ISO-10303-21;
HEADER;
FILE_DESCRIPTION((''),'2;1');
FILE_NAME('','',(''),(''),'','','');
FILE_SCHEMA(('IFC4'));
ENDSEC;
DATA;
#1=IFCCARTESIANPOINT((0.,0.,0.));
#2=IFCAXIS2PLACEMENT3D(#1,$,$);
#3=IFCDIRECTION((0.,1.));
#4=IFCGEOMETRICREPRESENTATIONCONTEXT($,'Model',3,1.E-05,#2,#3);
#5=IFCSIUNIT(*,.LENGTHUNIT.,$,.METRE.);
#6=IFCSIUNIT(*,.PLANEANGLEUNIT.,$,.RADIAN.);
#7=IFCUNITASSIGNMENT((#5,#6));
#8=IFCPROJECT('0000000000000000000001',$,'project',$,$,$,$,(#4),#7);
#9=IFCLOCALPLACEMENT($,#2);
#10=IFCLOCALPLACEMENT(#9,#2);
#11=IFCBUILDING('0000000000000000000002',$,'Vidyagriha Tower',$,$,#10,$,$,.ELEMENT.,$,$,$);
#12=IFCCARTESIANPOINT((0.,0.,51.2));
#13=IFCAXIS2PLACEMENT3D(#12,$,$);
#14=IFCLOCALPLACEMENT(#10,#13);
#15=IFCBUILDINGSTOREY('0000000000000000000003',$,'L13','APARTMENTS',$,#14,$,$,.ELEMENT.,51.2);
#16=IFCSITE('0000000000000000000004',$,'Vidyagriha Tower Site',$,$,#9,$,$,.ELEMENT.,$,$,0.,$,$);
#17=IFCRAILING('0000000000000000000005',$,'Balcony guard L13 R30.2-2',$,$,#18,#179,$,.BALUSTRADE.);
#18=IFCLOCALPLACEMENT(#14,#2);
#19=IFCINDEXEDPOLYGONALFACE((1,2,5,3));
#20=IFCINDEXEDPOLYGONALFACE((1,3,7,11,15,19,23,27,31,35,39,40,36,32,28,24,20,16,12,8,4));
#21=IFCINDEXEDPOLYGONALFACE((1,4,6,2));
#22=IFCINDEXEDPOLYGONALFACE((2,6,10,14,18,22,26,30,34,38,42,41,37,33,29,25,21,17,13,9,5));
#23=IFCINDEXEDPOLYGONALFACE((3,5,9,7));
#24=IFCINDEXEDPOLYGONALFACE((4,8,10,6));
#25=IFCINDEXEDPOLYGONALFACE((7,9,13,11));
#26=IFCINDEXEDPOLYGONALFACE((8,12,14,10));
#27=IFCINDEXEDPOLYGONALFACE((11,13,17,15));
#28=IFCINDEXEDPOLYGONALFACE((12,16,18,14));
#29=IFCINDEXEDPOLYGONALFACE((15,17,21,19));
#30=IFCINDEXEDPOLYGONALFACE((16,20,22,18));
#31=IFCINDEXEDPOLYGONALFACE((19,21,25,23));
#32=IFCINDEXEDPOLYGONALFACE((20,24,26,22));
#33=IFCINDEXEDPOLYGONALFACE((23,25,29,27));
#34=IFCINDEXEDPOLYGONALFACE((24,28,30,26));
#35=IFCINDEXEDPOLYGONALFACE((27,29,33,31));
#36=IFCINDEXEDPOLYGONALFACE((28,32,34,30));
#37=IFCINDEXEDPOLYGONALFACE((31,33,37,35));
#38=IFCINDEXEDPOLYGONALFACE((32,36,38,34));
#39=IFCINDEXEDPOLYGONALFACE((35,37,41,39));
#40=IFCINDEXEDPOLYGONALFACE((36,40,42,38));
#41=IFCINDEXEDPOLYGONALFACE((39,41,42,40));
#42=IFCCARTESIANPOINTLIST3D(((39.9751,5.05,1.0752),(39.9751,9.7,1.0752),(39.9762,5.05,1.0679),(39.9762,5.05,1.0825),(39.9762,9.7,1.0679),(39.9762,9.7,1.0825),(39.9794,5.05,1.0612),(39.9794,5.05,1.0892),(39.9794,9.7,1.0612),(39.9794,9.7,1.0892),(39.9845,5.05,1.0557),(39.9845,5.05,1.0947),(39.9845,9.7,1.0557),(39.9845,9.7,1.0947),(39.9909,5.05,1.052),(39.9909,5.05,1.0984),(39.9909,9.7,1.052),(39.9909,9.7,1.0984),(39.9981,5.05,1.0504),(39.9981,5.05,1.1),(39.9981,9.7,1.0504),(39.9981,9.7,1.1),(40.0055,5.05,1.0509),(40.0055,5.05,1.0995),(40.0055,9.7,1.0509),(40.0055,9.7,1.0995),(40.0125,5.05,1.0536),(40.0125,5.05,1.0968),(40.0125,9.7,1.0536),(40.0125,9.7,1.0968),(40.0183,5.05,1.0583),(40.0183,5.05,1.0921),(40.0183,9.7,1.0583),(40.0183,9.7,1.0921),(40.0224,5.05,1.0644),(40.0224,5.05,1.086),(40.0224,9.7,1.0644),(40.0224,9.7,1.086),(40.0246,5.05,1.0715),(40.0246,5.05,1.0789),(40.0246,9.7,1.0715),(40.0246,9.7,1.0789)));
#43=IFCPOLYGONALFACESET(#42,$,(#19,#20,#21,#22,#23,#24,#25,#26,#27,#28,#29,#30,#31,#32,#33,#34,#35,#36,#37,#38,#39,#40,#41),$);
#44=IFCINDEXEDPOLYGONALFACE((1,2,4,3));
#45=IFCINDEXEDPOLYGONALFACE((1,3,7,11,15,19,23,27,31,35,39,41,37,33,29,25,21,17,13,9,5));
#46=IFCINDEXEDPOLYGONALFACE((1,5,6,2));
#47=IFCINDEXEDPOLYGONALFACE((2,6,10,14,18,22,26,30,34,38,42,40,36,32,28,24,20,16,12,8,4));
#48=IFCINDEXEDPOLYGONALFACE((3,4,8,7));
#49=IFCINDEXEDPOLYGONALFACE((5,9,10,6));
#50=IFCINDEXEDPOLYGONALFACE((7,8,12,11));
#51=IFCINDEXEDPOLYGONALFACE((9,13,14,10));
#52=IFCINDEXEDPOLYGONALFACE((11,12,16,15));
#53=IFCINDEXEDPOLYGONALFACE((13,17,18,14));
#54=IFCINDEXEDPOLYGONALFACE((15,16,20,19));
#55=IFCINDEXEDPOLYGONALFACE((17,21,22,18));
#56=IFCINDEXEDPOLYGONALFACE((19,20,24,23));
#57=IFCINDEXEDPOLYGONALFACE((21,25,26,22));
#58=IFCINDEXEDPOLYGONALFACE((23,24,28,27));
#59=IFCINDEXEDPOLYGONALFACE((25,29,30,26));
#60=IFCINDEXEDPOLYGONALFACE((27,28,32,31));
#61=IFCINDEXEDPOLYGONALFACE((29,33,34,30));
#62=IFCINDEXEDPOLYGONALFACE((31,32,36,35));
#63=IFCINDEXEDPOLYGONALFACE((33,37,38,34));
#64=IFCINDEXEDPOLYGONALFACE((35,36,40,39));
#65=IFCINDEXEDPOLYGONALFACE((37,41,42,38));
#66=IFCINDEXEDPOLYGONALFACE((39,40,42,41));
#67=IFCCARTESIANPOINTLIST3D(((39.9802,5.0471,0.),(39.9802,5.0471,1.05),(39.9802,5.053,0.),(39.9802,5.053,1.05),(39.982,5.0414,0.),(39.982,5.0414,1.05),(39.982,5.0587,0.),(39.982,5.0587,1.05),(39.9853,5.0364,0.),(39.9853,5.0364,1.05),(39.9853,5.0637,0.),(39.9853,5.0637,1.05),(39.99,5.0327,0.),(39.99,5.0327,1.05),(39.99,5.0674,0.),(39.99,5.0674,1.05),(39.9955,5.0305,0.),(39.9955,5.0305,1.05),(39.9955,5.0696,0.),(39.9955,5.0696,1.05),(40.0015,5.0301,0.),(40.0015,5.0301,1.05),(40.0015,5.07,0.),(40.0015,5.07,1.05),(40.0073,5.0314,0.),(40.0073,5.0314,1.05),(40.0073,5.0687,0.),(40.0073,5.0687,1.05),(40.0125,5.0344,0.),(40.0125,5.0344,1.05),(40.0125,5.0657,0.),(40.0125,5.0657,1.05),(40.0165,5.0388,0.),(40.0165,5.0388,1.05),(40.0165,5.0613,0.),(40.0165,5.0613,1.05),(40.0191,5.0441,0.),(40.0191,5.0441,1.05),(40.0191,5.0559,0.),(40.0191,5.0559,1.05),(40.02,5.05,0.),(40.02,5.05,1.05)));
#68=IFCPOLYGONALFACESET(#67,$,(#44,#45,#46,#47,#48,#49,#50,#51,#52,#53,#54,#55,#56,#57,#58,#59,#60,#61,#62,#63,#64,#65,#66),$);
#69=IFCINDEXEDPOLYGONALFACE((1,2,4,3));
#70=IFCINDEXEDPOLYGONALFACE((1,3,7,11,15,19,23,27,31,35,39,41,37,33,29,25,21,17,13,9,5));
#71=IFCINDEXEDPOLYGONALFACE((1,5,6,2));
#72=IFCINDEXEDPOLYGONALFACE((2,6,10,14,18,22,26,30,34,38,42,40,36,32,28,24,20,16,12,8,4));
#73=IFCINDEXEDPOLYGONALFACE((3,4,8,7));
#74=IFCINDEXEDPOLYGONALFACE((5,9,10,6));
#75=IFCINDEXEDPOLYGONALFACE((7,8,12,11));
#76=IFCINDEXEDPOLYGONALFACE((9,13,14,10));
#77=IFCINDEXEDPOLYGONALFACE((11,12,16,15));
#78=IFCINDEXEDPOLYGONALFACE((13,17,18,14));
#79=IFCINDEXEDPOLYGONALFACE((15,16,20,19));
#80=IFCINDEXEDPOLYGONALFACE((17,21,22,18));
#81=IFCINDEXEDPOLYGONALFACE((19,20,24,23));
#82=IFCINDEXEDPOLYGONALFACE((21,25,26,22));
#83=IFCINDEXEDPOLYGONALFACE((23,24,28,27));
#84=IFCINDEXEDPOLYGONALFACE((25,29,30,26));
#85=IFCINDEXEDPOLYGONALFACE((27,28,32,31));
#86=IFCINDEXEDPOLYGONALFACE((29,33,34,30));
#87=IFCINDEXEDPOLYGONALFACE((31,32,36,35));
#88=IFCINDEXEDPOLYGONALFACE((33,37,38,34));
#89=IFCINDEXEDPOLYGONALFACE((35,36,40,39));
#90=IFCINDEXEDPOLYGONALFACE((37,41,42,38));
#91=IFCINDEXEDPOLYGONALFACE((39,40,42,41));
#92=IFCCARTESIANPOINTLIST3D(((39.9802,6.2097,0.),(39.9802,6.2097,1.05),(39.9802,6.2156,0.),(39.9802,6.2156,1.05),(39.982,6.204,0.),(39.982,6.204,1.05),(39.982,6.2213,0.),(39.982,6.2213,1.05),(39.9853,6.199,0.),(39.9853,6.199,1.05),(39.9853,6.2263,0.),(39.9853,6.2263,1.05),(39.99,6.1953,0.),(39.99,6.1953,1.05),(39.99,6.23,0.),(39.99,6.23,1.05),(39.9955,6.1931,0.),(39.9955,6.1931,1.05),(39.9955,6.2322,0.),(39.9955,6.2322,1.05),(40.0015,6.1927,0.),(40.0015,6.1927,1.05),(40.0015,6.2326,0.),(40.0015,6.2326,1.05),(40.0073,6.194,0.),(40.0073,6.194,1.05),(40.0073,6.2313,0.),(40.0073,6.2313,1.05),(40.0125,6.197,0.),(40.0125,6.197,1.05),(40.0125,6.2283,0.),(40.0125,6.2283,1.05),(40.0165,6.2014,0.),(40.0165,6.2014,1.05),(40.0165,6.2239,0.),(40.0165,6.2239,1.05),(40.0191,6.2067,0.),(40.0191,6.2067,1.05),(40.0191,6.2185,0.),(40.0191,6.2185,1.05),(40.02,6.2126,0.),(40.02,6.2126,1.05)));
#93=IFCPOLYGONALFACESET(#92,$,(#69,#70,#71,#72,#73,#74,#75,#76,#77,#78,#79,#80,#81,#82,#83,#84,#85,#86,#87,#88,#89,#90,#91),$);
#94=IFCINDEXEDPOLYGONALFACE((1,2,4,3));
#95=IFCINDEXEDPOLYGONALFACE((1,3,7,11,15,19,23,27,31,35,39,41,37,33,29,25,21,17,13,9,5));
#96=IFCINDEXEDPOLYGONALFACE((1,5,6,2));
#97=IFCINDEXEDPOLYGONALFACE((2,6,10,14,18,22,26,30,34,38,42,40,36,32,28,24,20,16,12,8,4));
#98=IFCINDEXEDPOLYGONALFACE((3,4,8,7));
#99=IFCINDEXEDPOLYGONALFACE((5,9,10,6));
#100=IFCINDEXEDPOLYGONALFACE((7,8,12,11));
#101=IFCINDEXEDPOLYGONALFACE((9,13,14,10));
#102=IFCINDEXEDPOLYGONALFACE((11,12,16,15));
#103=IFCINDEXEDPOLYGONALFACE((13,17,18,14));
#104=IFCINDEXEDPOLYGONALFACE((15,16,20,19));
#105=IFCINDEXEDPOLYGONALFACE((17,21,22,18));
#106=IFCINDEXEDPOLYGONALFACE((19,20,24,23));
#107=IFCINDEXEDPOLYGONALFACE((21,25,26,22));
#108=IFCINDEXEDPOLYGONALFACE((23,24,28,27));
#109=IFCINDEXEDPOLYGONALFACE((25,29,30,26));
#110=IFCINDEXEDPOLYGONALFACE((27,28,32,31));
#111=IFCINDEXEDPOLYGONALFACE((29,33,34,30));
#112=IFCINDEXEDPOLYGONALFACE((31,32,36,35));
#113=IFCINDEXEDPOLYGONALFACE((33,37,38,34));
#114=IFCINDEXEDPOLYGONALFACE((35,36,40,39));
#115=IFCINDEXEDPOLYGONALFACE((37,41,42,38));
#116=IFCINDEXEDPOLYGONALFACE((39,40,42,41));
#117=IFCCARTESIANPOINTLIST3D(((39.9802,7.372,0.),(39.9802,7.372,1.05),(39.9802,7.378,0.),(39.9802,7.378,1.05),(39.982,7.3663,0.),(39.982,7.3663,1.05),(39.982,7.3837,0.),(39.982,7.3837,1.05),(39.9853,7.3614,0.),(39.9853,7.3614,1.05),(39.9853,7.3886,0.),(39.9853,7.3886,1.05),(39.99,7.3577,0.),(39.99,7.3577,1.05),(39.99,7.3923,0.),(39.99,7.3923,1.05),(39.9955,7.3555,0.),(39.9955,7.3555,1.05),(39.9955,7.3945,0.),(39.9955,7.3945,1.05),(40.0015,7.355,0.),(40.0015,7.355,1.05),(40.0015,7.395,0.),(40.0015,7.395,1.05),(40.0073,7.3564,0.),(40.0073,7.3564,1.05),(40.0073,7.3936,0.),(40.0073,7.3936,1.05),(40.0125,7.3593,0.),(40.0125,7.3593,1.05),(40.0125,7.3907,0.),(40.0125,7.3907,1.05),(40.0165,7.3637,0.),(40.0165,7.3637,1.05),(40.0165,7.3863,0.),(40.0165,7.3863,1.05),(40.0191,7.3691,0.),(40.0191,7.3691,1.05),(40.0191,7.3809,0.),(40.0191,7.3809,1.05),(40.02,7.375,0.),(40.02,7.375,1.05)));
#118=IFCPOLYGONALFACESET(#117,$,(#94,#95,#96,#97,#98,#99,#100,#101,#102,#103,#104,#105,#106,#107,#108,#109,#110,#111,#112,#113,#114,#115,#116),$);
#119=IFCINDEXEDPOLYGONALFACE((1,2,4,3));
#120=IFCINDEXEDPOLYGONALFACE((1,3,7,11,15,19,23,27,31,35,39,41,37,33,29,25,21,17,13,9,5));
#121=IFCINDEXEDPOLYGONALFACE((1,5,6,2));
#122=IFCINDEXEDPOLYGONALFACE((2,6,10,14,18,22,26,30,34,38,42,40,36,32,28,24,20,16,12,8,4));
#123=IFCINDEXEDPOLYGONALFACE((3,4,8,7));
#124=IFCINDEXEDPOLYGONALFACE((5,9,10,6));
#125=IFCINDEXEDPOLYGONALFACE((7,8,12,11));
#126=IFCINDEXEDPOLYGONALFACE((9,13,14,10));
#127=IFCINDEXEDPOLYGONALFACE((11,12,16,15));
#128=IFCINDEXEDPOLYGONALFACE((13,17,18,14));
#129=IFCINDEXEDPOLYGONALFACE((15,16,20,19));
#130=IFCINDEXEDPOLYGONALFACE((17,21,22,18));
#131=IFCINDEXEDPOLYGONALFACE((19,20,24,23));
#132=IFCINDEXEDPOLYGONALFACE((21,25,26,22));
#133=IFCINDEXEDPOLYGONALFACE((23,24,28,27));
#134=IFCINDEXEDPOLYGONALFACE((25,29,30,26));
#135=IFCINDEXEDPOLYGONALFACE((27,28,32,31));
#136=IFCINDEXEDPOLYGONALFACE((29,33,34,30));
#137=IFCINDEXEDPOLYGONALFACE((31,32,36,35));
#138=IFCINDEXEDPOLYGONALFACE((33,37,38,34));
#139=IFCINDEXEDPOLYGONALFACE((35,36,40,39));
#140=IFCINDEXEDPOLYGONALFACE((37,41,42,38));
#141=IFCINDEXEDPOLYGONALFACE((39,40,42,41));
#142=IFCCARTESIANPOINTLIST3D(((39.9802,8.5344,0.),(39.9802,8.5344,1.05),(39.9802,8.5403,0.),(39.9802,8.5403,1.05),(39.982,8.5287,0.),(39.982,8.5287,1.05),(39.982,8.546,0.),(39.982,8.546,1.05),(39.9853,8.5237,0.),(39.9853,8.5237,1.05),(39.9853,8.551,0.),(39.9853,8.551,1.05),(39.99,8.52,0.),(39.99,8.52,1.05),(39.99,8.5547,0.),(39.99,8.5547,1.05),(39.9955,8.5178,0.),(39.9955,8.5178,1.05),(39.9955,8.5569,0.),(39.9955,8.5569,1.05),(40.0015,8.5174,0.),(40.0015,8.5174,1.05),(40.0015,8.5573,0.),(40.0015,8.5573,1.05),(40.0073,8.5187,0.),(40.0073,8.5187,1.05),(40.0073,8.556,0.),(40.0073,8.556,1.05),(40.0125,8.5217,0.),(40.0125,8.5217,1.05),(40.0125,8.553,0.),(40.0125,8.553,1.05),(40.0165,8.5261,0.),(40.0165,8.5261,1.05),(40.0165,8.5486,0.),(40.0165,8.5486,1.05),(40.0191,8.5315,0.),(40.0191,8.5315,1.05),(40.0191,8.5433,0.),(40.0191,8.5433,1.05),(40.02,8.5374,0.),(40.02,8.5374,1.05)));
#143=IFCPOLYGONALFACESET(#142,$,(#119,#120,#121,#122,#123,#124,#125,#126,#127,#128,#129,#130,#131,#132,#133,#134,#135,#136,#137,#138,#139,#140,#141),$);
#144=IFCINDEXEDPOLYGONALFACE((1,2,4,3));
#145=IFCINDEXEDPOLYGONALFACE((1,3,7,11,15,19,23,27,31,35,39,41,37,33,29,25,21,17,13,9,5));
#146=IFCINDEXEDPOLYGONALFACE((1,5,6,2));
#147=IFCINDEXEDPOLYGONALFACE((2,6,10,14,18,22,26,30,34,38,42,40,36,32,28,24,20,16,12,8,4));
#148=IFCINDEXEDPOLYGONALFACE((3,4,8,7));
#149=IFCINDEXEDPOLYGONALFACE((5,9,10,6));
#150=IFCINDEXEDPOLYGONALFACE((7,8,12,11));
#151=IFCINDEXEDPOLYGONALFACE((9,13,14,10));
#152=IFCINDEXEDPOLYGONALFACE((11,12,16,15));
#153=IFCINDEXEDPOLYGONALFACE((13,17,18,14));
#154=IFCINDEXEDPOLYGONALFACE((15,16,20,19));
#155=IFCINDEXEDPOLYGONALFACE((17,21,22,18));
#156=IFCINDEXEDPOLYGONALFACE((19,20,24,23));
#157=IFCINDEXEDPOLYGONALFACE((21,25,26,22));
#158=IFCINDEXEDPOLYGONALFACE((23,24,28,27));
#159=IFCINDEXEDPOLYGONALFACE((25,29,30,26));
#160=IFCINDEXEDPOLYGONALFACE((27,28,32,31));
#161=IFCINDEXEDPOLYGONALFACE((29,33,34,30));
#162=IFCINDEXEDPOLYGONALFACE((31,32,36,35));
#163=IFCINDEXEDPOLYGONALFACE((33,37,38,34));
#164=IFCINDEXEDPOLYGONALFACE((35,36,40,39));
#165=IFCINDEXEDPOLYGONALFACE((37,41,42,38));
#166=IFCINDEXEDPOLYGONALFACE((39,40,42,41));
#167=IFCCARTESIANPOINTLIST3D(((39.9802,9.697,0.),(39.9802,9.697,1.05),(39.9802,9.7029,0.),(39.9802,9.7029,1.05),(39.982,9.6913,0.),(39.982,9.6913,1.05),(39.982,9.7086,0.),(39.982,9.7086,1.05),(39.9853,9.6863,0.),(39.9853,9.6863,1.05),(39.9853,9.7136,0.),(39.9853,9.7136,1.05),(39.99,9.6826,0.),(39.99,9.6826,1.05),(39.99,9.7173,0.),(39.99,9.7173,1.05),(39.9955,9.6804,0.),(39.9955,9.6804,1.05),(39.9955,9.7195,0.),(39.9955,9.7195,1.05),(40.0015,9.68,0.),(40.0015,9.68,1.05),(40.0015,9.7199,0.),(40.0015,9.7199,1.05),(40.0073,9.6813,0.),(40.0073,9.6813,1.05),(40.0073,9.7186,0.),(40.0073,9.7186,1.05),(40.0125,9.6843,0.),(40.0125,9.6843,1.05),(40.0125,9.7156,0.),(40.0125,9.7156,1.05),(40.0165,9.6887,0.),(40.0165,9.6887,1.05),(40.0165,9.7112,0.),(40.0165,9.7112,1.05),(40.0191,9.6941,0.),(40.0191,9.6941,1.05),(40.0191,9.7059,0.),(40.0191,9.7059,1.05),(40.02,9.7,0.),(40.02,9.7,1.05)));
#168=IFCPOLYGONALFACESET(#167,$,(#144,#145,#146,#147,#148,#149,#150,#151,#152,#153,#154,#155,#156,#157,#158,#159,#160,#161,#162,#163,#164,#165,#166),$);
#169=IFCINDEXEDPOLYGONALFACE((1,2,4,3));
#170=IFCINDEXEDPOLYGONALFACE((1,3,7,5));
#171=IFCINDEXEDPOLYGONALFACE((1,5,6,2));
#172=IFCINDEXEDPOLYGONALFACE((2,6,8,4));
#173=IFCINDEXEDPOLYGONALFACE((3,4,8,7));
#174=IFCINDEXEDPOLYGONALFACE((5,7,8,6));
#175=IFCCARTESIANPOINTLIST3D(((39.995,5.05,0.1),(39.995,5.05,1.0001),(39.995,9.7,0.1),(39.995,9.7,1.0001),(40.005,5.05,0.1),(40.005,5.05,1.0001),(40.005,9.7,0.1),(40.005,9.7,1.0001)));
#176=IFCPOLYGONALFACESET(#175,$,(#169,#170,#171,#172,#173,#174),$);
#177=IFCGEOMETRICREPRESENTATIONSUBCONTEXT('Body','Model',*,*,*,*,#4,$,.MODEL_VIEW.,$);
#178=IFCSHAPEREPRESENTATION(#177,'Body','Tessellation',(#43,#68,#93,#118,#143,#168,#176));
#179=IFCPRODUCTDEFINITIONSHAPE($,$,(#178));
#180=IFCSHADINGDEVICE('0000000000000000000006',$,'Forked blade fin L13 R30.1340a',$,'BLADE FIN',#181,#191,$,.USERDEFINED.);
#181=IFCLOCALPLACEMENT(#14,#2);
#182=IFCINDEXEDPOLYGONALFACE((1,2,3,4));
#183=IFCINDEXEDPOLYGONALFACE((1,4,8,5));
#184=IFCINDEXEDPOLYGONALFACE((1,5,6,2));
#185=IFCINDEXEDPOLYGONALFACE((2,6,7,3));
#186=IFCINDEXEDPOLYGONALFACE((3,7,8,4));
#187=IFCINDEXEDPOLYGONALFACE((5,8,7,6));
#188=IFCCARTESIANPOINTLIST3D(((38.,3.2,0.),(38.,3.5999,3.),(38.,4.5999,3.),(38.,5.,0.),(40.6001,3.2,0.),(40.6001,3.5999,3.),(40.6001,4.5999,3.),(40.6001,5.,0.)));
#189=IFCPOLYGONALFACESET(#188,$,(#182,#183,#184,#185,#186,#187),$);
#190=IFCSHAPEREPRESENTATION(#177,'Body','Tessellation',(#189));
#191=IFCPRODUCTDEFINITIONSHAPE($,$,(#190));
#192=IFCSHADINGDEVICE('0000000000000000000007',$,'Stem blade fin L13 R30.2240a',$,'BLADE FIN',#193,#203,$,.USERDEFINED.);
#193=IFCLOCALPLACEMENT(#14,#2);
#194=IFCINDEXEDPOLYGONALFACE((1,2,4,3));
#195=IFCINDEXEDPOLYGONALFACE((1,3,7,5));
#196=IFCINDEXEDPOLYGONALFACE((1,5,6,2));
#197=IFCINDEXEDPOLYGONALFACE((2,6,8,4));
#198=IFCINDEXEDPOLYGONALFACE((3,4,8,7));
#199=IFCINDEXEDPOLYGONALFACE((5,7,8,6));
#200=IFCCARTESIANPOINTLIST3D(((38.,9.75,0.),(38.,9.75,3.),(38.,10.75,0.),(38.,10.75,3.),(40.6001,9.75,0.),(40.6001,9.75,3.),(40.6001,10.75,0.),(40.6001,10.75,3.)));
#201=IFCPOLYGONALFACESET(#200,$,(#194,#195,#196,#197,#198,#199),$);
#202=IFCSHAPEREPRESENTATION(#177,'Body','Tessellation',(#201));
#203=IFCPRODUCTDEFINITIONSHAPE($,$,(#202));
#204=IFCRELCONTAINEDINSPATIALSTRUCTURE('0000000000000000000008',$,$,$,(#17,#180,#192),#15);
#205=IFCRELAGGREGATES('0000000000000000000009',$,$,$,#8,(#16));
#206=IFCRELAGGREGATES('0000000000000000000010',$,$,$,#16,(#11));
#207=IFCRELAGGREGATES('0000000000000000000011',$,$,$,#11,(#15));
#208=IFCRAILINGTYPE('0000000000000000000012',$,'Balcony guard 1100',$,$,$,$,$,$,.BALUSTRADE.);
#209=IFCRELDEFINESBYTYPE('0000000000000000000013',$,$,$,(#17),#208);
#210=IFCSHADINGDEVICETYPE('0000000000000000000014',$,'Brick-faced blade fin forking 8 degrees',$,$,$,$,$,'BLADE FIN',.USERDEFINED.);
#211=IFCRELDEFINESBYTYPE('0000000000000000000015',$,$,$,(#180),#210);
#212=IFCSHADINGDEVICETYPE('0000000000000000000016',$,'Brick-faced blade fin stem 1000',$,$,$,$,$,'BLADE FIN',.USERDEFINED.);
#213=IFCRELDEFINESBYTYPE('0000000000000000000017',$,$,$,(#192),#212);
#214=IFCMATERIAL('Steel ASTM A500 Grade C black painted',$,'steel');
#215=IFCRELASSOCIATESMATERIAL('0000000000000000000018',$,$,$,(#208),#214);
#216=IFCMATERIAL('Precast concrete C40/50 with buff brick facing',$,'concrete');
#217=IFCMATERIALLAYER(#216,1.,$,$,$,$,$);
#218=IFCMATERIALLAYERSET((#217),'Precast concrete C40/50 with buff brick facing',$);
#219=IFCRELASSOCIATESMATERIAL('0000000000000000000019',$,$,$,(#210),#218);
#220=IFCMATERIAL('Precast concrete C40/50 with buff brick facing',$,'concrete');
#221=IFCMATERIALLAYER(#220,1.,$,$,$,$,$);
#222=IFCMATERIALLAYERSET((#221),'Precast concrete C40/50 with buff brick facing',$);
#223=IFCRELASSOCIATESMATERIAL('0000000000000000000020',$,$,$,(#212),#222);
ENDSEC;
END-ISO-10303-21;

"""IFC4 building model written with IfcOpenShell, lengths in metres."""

from ifc_helpers import new_model, si_unit, direction, frame, origin, origin_2d, place, context, subcontext, project, spatial, polyline, rectangle, circle, outline, extrude, material, layer, layer_set, type_object, element, save


model = new_model("IFC4")

# Units and contexts
model_context = context("Model", 3, precision=1e-05, world=origin(), true_north=direction((0.0, 1.0)))
body_context = subcontext(model_context, "Body", "Model", "MODEL_VIEW")
ifc_project = project(units=[si_unit("LENGTHUNIT", "METRE"), si_unit("PLANEANGLEUNIT", "RADIAN")], contexts=[model_context])

# Site, building, storey
site_placement = place(None, origin())
site = spatial("IfcSite", under=ifc_project, at=site_placement, Name="Vidyagriha Tower Site", CompositionType="ELEMENT", RefElevation=0.0)
building_placement = place(site_placement, origin())
building = spatial("IfcBuilding", under=site, at=building_placement, Name="Vidyagriha Tower", CompositionType="ELEMENT")
storey_placement = place(building_placement, frame((0.0, 0.0, 51.2)))
storey = spatial("IfcBuildingStorey", under=building, at=storey_placement, Name="L13", Description="APARTMENTS", CompositionType="ELEMENT", Elevation=51.2)

# Railing
ifc_material_1 = material(Name="Steel ASTM A500 Grade C black painted", Category="steel")
railing_type_1 = type_object("IfcRailingType", Name="Balcony guard 1100", PredefinedType="BALUSTRADE", material=ifc_material_1)
railing_1_placement = place(storey_placement, frame((40.0, 5.05, 0.0)))
element("IfcRailing", 1, at=railing_1_placement, inside=storey, type_object=railing_type_1, Name="Balcony guard L13 R30.2-2", PredefinedType="BALUSTRADE", context=body_context, shape_type="SweptSolid", body=[
    extrude(circle(Radius=0.0249, at=origin_2d()), frame((0.0, 0.0, 1.0752), z_axis=(0.0, 1.0, 0.0), x_axis=(-1.0, 0.0, 0.0)), (0.0, 0.0, 1.0), 4.6499),
    extrude(circle(Radius=0.02, at=origin_2d()), origin(), (0.0, 0.0, 1.0), 1.05),
    extrude(circle(Radius=0.02, at=origin_2d()), frame((0.0, 1.1626, 0.0)), (0.0, 0.0, 1.0), 1.05),
    extrude(circle(Radius=0.02, at=origin_2d()), frame((0.0, 2.325, 0.0)), (0.0, 0.0, 1.0), 1.05),
    extrude(circle(Radius=0.02, at=origin_2d()), frame((0.0, 3.4873, 0.0)), (0.0, 0.0, 1.0), 1.05),
    extrude(circle(Radius=0.02, at=origin_2d()), frame((0.0, 4.6499, 0.0)), (0.0, 0.0, 1.0), 1.05),
    extrude(rectangle(XDim=0.01, YDim=0.9001, at=origin_2d()), frame((0.0, 0.0, 0.55), z_axis=(0.0, 1.0, 0.0), x_axis=(-1.0, 0.0, 0.0)), (0.0, 0.0, 1.0), 4.6499),
])

# Shading devices
ifc_material_2 = material(Name="Precast concrete C40/50 with buff brick facing", Category="concrete")
ifc_layer_1 = layer(ifc_material_2, 1.0)
ifc_layer_set_1 = layer_set([ifc_layer_1], Name="Precast concrete C40/50 with buff brick facing")
shading_device_type_1 = type_object("IfcShadingDeviceType", Name="Brick-faced blade fin forking 8 degrees", ElementType="BLADE FIN", PredefinedType="USERDEFINED", material=ifc_layer_set_1)
shading_device_1_placement = place(storey_placement, frame((39.3, 3.2, 0.0), z_axis=(0.0, 0.0, 1.0), x_axis=(0.0, 1.0, 0.0)))
element("IfcShadingDevice", 2, at=shading_device_1_placement, inside=storey, type_object=shading_device_type_1, Name="Forked blade fin L13 R30.1340a", ObjectType="BLADE FIN", PredefinedType="USERDEFINED", context=body_context, shape_type="SweptSolid", body=[
    extrude(outline(polyline([(0.0, 0.0), (1.8, 0.0), (1.3999, 3.0), (0.3999, 3.0), (0.0, 0.0)])), frame((0.0, 1.3, 0.0), z_axis=(0.0, -1.0, 0.0), x_axis=(1.0, 0.0, 0.0)), (0.0, 0.0, 1.0), 2.6001),
])
ifc_material_3 = material(Name="Precast concrete C40/50 with buff brick facing", Category="concrete")
ifc_layer_2 = layer(ifc_material_3, 1.0)
ifc_layer_set_2 = layer_set([ifc_layer_2], Name="Precast concrete C40/50 with buff brick facing")
shading_device_type_2 = type_object("IfcShadingDeviceType", Name="Brick-faced blade fin stem 1000", ElementType="BLADE FIN", PredefinedType="USERDEFINED", material=ifc_layer_set_2)
shading_device_2_placement = place(storey_placement, frame((39.3, 9.75, 0.0), z_axis=(0.0, 0.0, 1.0), x_axis=(0.0, 1.0, 0.0)))
element("IfcShadingDevice", 3, at=shading_device_2_placement, inside=storey, type_object=shading_device_type_2, Name="Stem blade fin L13 R30.2240a", ObjectType="BLADE FIN", PredefinedType="USERDEFINED", context=body_context, shape_type="SweptSolid", body=[
    extrude(outline(polyline([(0.0, 0.0), (1.0, 0.0), (1.0, 3.0), (0.0, 3.0), (0.0, 0.0)])), frame((0.0, 1.3, 0.0), z_axis=(0.0, -1.0, 0.0), x_axis=(1.0, 0.0, 0.0)), (0.0, 0.0, 1.0), 2.6001),
])

save(model, "model.ifc")
